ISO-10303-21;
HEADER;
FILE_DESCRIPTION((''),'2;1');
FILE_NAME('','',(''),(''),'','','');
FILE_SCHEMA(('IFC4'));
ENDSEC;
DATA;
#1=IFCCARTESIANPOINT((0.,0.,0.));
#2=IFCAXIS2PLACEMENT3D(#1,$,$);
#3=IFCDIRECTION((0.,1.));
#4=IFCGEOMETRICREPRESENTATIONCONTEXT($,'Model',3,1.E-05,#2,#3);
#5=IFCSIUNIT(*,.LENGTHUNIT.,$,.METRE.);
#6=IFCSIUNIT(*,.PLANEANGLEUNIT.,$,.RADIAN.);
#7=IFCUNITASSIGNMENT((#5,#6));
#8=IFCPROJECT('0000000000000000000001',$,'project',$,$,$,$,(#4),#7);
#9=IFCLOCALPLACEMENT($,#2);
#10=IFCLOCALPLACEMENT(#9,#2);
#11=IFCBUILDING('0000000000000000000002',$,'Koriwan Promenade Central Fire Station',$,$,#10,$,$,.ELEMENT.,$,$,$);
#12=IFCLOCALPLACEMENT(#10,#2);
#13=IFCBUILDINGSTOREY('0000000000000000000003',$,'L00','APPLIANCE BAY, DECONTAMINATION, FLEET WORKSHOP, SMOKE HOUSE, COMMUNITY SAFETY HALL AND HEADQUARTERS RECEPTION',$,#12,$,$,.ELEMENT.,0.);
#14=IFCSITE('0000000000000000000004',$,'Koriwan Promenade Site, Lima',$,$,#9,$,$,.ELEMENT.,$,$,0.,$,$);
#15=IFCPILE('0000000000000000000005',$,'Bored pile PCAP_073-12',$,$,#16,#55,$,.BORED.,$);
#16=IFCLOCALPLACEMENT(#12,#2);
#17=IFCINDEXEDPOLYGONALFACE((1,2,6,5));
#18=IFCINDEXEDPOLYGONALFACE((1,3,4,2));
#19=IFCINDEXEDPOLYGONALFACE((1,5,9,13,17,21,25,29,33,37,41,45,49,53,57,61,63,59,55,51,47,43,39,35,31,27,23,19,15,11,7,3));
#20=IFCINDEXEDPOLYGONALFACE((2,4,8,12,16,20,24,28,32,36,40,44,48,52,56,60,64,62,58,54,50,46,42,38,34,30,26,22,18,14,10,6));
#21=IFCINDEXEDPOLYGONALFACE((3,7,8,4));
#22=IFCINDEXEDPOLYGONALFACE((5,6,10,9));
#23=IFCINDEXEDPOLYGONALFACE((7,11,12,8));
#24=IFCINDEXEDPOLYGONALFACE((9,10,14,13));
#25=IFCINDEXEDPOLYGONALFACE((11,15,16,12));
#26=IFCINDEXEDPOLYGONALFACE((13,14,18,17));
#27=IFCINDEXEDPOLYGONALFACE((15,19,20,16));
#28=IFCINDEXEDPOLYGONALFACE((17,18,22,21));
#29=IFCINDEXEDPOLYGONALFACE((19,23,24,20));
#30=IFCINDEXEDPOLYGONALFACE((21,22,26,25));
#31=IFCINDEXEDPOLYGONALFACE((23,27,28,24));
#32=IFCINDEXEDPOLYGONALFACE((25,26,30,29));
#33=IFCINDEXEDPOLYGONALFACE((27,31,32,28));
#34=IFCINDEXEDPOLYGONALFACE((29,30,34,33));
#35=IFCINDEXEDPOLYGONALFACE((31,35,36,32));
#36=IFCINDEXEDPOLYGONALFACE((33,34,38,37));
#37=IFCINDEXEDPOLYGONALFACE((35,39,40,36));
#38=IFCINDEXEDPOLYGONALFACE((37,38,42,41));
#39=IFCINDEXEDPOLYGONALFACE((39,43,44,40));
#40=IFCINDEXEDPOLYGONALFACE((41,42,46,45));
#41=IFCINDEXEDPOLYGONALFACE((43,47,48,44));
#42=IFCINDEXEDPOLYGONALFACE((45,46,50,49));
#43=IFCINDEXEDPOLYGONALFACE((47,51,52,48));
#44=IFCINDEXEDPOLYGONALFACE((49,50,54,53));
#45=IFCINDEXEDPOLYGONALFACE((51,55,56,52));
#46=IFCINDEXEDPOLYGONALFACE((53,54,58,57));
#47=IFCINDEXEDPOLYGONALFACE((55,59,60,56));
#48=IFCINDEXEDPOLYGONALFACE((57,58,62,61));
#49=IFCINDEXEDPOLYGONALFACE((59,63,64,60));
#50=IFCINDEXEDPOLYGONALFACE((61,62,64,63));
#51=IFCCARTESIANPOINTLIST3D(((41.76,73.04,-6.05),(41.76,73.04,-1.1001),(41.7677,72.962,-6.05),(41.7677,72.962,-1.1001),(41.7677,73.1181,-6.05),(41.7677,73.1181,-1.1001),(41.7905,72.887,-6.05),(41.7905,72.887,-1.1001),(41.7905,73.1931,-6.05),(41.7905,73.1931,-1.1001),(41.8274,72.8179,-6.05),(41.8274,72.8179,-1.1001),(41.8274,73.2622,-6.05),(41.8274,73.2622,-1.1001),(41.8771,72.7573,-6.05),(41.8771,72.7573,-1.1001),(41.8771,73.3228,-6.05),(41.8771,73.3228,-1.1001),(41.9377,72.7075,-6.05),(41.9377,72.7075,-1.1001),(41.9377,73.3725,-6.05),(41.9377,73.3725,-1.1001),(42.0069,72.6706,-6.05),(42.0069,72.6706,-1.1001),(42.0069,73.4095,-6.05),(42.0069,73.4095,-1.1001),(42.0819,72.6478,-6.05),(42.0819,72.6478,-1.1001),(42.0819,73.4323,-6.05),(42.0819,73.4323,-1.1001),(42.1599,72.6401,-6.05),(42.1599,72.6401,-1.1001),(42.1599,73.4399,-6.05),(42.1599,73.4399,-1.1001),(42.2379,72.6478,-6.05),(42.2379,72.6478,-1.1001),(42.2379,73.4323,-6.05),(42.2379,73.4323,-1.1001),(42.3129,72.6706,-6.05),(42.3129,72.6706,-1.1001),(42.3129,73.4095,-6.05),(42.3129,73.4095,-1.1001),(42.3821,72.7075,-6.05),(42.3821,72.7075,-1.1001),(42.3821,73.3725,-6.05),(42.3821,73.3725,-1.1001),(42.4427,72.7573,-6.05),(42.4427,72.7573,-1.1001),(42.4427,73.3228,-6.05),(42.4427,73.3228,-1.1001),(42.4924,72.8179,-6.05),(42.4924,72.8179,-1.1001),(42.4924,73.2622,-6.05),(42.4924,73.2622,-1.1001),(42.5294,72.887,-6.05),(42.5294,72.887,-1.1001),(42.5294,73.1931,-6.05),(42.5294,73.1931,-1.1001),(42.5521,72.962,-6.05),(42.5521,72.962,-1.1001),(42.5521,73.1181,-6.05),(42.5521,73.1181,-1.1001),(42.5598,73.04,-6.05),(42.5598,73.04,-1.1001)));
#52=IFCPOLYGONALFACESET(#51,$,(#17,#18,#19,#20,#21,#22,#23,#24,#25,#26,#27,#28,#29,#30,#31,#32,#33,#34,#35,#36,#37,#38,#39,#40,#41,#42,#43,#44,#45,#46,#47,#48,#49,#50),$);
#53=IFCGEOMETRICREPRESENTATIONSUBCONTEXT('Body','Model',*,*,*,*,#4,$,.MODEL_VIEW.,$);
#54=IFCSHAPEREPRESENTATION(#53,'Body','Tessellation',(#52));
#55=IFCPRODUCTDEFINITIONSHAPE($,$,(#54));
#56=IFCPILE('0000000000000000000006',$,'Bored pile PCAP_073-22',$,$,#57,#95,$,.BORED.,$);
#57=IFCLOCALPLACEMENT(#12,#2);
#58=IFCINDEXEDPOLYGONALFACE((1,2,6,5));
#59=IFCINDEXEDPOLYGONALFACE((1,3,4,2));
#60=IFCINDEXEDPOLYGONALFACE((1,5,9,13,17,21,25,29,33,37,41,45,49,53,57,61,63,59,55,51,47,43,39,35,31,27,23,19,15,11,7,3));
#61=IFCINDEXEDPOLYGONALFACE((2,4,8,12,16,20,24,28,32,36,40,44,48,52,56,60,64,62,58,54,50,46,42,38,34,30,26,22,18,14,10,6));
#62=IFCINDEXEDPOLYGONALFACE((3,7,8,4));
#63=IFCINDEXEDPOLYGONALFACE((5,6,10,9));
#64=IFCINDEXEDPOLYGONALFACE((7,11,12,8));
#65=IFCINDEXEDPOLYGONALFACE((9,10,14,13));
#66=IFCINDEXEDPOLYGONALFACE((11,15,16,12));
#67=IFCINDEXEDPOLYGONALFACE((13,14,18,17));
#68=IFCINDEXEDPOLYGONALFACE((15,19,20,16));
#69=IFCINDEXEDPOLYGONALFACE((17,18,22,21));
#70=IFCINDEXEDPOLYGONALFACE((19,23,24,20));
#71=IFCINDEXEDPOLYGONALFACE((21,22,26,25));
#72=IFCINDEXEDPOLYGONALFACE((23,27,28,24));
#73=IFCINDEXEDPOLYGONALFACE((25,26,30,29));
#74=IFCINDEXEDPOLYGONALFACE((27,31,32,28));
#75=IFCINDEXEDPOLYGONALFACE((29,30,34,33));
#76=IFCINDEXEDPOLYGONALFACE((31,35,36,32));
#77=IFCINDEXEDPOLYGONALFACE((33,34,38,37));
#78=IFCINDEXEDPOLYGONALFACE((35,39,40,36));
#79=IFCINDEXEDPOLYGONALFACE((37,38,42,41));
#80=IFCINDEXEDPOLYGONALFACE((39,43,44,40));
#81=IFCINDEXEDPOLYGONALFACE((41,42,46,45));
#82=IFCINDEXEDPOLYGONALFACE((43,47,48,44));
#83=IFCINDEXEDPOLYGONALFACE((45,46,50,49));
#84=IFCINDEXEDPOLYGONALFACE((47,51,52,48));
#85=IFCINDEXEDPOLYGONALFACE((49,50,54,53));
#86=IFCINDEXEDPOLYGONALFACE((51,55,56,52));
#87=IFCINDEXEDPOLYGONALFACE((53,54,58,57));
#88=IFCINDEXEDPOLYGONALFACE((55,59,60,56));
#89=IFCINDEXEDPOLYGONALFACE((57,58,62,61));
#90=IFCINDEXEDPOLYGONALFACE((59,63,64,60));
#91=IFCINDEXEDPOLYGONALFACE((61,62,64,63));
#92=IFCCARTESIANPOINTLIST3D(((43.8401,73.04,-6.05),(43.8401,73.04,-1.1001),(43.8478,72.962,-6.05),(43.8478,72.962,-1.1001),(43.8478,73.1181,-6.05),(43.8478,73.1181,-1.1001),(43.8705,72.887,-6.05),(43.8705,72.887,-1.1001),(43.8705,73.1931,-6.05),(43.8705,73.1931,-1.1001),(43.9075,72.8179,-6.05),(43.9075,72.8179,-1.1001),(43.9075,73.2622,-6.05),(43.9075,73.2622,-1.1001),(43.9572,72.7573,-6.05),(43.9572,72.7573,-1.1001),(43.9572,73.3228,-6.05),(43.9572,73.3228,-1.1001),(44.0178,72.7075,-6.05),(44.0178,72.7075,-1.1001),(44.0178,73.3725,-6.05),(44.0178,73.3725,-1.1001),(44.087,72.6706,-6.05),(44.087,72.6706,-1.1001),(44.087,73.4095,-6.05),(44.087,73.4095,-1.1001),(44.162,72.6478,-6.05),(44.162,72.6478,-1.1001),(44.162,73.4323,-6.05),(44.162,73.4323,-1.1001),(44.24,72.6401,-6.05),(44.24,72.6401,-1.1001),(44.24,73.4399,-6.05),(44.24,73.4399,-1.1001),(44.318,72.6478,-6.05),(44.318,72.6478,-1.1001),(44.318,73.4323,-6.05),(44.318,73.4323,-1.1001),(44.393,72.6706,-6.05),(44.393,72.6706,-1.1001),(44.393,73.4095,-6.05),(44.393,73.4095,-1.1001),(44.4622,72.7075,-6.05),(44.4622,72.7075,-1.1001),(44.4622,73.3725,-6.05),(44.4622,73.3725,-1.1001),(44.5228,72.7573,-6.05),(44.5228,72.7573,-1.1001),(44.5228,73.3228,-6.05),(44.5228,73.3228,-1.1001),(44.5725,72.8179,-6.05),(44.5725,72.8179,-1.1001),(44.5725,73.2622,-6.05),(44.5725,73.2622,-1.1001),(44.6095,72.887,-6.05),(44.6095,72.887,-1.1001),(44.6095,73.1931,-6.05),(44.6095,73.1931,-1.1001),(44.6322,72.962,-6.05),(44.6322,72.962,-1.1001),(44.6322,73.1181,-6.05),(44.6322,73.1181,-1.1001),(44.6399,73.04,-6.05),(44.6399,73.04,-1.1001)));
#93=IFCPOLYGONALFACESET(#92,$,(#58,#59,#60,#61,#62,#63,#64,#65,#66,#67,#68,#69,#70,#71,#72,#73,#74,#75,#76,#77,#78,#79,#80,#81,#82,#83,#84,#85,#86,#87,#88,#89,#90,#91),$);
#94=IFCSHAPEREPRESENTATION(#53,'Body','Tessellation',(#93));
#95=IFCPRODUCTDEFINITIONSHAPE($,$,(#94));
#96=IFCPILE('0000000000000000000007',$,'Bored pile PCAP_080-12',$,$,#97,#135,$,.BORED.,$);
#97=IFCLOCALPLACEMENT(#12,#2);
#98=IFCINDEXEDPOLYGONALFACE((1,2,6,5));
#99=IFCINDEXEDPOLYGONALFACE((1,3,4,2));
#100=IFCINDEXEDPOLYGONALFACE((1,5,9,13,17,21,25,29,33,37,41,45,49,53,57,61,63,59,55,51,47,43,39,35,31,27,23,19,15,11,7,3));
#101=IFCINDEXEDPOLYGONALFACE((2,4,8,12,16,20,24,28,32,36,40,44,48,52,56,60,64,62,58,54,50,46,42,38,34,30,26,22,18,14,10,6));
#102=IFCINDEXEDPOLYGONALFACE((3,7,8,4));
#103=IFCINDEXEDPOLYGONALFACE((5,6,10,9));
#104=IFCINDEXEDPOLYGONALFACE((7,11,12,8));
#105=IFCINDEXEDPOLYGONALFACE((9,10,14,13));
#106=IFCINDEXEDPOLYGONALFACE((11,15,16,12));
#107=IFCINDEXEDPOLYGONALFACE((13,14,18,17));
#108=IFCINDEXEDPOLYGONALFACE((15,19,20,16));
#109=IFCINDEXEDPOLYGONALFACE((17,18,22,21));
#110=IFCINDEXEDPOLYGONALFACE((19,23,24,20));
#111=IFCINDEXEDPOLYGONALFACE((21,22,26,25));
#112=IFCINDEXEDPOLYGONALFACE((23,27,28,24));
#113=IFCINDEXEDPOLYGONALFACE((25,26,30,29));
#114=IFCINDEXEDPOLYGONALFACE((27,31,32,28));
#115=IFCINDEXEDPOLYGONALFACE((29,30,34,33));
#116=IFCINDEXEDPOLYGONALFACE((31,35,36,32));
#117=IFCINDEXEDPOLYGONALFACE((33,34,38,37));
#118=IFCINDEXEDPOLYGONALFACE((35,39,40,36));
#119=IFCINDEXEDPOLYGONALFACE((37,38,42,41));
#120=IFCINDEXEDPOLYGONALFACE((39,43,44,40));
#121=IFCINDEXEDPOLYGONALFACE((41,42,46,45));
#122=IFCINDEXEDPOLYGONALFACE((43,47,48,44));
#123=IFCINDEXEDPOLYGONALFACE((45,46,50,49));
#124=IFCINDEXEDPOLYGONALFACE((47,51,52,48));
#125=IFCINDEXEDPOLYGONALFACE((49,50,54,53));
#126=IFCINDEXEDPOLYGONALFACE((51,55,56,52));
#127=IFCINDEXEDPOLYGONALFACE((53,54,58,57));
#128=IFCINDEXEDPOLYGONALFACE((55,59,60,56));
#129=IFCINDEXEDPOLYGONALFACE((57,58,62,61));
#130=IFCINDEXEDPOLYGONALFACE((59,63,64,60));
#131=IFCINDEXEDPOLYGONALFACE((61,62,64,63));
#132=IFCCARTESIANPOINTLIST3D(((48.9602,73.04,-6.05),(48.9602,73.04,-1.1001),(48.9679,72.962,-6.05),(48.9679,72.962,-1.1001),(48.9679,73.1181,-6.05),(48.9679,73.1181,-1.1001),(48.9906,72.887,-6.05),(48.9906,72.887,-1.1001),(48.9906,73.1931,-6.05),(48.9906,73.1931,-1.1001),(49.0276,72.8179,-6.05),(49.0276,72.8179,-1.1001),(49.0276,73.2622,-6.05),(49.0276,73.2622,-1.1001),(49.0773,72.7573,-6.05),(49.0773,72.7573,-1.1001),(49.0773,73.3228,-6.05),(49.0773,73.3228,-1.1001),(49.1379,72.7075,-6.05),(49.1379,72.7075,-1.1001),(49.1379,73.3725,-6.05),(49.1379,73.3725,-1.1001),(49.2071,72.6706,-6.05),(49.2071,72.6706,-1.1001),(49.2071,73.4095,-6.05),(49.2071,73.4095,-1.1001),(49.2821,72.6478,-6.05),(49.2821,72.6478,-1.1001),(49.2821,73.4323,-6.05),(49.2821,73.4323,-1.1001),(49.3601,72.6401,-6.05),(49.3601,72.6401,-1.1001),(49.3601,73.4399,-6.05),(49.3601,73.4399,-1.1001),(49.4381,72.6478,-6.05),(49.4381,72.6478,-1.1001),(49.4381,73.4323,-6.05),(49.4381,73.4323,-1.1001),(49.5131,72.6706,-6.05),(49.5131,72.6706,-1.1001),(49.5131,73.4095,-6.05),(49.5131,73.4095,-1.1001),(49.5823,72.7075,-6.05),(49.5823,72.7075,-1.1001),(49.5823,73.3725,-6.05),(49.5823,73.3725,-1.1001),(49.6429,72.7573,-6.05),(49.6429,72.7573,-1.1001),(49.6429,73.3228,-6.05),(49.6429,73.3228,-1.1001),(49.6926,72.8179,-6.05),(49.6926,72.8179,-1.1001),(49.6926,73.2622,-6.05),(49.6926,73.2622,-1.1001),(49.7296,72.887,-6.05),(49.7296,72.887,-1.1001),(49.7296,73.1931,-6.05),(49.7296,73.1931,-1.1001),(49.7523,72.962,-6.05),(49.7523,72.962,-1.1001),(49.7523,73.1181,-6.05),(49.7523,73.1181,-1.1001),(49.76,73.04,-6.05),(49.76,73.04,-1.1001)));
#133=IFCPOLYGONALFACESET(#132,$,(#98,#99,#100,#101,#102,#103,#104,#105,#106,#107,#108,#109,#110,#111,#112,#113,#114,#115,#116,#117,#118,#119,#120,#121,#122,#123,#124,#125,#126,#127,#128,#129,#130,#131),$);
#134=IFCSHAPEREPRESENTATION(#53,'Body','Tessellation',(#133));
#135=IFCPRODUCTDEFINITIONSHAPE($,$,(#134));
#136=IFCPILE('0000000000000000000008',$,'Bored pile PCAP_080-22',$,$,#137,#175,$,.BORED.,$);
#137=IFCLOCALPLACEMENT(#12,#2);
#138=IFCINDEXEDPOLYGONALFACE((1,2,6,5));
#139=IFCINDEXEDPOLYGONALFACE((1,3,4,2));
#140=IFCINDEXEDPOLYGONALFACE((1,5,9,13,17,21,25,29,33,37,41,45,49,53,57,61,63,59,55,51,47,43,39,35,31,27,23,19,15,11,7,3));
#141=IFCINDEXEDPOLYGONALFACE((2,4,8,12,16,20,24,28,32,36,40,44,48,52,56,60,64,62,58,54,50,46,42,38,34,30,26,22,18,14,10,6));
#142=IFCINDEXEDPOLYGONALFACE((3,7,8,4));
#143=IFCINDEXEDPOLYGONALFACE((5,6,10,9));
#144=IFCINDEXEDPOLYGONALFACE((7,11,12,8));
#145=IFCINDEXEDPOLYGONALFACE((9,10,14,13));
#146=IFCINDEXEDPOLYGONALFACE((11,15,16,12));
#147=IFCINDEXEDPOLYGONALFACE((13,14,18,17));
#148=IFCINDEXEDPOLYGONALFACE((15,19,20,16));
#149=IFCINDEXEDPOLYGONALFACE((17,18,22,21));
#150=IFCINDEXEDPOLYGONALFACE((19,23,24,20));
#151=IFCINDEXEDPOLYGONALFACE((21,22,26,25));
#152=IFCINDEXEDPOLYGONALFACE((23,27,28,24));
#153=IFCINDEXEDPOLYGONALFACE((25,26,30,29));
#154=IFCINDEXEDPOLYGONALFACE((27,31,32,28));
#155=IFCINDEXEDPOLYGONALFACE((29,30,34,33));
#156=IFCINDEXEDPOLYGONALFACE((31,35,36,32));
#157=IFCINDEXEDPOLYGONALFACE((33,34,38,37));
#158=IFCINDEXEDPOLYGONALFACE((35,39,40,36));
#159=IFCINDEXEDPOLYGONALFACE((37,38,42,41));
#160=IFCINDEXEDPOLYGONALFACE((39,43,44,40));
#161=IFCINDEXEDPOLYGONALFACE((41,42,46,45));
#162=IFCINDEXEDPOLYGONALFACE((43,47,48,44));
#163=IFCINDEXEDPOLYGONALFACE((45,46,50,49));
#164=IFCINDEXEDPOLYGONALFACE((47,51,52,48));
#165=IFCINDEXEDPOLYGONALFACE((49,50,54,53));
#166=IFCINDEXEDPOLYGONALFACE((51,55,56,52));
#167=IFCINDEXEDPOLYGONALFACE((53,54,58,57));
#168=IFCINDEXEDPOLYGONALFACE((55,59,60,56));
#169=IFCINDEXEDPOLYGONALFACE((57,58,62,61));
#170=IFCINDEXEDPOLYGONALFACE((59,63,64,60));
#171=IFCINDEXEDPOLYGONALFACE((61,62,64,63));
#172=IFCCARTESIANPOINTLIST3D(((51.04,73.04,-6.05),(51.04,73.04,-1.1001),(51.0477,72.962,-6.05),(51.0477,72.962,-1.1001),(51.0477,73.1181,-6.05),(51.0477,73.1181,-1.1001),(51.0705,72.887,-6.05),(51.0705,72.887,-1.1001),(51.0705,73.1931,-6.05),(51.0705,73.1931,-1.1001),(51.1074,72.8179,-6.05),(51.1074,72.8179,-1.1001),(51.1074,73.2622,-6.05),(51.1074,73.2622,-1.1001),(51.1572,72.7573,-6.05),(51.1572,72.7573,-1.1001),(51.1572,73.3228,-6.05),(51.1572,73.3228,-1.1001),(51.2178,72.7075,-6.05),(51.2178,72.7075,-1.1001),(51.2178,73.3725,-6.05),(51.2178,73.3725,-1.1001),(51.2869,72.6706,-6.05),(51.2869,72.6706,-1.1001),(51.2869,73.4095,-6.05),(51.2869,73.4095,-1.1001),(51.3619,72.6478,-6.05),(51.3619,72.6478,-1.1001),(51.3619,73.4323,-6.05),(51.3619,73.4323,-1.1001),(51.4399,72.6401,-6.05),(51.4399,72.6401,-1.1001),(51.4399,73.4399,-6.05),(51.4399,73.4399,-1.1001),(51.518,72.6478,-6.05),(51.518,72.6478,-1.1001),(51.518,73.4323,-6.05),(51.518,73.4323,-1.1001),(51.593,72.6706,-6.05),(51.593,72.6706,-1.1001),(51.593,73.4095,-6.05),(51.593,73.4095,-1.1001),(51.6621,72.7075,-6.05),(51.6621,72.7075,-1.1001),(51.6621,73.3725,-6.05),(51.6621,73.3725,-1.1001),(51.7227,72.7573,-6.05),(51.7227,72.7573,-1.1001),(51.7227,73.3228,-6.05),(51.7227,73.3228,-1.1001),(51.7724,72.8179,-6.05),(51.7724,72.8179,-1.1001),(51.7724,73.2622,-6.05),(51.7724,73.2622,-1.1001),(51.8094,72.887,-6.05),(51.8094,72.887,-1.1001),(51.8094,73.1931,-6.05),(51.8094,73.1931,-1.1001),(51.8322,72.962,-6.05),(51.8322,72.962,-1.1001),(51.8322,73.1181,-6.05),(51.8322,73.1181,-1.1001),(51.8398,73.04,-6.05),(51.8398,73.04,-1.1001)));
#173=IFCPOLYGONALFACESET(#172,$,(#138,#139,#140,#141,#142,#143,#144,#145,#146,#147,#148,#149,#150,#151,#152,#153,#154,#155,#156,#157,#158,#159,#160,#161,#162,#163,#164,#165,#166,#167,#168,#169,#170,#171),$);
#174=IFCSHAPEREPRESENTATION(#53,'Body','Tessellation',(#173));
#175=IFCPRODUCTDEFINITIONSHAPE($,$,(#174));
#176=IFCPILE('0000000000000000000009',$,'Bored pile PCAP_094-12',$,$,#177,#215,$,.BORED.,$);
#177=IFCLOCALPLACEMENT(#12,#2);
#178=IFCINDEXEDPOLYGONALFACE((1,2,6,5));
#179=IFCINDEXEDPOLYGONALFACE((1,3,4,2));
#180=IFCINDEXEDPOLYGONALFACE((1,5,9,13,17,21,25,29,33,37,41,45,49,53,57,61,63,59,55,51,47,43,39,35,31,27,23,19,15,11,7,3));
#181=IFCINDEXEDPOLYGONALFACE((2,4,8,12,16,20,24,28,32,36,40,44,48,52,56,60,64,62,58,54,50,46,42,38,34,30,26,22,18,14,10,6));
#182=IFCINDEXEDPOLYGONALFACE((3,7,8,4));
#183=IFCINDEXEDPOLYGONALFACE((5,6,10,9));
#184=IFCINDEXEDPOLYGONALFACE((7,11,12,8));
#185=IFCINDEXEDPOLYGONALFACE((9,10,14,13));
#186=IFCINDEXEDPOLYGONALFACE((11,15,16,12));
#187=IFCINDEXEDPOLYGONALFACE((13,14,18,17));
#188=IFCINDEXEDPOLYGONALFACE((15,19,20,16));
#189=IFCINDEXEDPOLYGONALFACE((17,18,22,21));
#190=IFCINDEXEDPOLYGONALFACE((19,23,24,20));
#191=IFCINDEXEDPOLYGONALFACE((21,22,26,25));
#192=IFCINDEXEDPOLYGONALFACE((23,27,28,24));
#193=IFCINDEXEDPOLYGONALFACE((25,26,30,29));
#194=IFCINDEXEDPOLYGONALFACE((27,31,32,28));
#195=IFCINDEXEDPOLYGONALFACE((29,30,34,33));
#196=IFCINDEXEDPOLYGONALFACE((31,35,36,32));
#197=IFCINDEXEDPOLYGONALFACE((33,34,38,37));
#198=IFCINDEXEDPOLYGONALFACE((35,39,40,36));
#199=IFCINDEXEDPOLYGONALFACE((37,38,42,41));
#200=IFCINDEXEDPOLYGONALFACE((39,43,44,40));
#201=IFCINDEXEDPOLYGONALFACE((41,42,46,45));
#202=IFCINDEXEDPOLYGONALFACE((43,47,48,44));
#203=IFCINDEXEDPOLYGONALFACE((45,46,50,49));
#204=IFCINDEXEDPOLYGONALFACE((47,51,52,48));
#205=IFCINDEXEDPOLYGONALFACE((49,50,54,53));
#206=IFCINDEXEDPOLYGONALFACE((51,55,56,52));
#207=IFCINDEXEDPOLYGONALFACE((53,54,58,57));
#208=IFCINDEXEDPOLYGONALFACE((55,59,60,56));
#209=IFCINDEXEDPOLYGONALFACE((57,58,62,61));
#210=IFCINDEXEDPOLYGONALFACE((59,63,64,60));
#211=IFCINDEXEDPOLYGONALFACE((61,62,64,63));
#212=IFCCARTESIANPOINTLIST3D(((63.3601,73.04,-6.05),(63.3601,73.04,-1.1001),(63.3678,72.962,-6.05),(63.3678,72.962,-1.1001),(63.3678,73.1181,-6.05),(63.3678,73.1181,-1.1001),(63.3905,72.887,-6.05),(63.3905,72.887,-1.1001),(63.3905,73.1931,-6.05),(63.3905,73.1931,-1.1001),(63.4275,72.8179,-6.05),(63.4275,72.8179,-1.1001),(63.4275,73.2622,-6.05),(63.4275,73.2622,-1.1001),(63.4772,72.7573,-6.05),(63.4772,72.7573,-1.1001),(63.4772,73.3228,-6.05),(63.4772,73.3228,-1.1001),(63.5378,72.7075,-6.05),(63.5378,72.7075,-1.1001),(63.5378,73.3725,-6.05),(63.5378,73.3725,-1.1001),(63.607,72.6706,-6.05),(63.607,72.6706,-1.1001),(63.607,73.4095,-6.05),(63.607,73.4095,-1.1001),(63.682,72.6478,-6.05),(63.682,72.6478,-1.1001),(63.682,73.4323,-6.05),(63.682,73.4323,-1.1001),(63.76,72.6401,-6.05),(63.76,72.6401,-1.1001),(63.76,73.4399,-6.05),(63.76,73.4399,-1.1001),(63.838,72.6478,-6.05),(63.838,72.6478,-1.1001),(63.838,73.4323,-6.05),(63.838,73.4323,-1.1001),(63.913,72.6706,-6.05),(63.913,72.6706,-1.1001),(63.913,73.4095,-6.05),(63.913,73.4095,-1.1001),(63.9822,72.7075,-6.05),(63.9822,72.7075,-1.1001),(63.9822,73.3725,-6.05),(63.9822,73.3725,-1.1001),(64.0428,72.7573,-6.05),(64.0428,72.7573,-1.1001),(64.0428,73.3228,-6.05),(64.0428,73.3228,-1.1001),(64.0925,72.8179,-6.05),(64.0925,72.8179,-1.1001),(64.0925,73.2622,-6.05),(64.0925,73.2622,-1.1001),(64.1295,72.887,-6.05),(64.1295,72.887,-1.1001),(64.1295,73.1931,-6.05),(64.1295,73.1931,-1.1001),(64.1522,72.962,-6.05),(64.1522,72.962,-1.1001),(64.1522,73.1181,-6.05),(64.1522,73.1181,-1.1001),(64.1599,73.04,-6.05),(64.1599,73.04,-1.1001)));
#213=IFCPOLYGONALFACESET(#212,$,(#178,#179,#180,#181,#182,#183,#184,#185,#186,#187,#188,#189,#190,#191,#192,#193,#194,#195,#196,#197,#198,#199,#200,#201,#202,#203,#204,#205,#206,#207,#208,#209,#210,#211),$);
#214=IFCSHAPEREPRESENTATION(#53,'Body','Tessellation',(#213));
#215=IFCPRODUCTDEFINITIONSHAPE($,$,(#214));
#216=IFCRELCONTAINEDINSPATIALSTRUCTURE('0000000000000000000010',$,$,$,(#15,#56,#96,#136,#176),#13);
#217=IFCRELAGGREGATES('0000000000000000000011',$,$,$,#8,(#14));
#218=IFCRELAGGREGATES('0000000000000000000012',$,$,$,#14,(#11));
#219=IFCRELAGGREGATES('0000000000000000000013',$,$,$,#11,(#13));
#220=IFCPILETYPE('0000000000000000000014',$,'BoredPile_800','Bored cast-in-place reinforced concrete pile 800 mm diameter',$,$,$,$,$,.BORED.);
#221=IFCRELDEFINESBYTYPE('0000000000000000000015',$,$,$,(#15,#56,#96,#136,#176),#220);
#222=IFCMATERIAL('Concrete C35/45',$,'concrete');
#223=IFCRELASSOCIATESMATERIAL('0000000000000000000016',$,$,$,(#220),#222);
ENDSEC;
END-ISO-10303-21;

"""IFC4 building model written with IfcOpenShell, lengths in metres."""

from ifc_helpers import new_model, si_unit, direction, frame, origin, origin_2d, place, context, subcontext, project, spatial, circle, extrude, material, material_profile, profile_set, type_object, element, save


model = new_model("IFC4")

# Units and contexts
model_context = context("Model", 3, precision=1e-05, world=origin(), true_north=direction((0.0, 1.0)))
body_context = subcontext(model_context, "Body", "Model", "MODEL_VIEW")
ifc_project = project(units=[si_unit("LENGTHUNIT", "METRE"), si_unit("PLANEANGLEUNIT", "RADIAN")], contexts=[model_context])

# Site, building, storey
site_placement = place(None, origin())
site = spatial("IfcSite", under=ifc_project, at=site_placement, Name="Koriwan Promenade Site, Lima", CompositionType="ELEMENT", RefElevation=0.0)
building_placement = place(site_placement, origin())
building = spatial("IfcBuilding", under=site, at=building_placement, Name="Koriwan Promenade Central Fire Station", CompositionType="ELEMENT")
storey_placement = place(building_placement, origin())
storey = spatial("IfcBuildingStorey", under=building, at=storey_placement, Name="L00", Description="APPLIANCE BAY, DECONTAMINATION, FLEET WORKSHOP, SMOKE HOUSE, COMMUNITY SAFETY HALL AND HEADQUARTERS RECEPTION", CompositionType="ELEMENT", Elevation=0.0)

# Piles
ifc_material_1 = material(Name="Concrete C35/45", Category="concrete")
ifc_material_profile_1 = material_profile(ifc_material_1, circle(Radius=0.3999, at=origin_2d()), Name="PILE-D800")
ifc_profile_set_1 = profile_set([ifc_material_profile_1], Name="Concrete C35/45")
pile_type_1 = type_object("IfcPileType", Name="BoredPile_800", Description="Bored cast-in-place reinforced concrete pile 800 mm diameter", PredefinedType="BORED", material=ifc_profile_set_1)
for number, where, z_axis, x_axis, name in (
    (1, (42.1599, 73.04, -1.1001), (0.0, 0.0, -1.0), (1.0, 0.0, 0.0), "Bored pile PCAP_073-12"),
    (2, (44.24, 73.04, -1.1001), (0.0, 0.0, -1.0), (1.0, 0.0, 0.0), "Bored pile PCAP_073-22"),
    (3, (49.3601, 73.04, -1.1001), (0.0, 0.0, -1.0), (1.0, 0.0, 0.0), "Bored pile PCAP_080-12"),
    (4, (51.4399, 73.04, -1.1001), (0.0, 0.0, -1.0), (1.0, 0.0, 0.0), "Bored pile PCAP_080-22"),
    (5, (63.76, 73.04, -1.1001), (0.0, 0.0, -1.0), (1.0, 0.0, 0.0), "Bored pile PCAP_094-12"),
):
    element("IfcPile", number, at=place(storey_placement, frame(where, z_axis=z_axis, x_axis=x_axis)), inside=storey, type_object=pile_type_1, Name=name, PredefinedType="BORED", context=body_context, shape_type="SweptSolid", body=[
        extrude(circle(Radius=0.3999, at=origin_2d()), origin(), (0.0, 0.0, 1.0), 4.95),
    ])

save(model, "model.ifc")
